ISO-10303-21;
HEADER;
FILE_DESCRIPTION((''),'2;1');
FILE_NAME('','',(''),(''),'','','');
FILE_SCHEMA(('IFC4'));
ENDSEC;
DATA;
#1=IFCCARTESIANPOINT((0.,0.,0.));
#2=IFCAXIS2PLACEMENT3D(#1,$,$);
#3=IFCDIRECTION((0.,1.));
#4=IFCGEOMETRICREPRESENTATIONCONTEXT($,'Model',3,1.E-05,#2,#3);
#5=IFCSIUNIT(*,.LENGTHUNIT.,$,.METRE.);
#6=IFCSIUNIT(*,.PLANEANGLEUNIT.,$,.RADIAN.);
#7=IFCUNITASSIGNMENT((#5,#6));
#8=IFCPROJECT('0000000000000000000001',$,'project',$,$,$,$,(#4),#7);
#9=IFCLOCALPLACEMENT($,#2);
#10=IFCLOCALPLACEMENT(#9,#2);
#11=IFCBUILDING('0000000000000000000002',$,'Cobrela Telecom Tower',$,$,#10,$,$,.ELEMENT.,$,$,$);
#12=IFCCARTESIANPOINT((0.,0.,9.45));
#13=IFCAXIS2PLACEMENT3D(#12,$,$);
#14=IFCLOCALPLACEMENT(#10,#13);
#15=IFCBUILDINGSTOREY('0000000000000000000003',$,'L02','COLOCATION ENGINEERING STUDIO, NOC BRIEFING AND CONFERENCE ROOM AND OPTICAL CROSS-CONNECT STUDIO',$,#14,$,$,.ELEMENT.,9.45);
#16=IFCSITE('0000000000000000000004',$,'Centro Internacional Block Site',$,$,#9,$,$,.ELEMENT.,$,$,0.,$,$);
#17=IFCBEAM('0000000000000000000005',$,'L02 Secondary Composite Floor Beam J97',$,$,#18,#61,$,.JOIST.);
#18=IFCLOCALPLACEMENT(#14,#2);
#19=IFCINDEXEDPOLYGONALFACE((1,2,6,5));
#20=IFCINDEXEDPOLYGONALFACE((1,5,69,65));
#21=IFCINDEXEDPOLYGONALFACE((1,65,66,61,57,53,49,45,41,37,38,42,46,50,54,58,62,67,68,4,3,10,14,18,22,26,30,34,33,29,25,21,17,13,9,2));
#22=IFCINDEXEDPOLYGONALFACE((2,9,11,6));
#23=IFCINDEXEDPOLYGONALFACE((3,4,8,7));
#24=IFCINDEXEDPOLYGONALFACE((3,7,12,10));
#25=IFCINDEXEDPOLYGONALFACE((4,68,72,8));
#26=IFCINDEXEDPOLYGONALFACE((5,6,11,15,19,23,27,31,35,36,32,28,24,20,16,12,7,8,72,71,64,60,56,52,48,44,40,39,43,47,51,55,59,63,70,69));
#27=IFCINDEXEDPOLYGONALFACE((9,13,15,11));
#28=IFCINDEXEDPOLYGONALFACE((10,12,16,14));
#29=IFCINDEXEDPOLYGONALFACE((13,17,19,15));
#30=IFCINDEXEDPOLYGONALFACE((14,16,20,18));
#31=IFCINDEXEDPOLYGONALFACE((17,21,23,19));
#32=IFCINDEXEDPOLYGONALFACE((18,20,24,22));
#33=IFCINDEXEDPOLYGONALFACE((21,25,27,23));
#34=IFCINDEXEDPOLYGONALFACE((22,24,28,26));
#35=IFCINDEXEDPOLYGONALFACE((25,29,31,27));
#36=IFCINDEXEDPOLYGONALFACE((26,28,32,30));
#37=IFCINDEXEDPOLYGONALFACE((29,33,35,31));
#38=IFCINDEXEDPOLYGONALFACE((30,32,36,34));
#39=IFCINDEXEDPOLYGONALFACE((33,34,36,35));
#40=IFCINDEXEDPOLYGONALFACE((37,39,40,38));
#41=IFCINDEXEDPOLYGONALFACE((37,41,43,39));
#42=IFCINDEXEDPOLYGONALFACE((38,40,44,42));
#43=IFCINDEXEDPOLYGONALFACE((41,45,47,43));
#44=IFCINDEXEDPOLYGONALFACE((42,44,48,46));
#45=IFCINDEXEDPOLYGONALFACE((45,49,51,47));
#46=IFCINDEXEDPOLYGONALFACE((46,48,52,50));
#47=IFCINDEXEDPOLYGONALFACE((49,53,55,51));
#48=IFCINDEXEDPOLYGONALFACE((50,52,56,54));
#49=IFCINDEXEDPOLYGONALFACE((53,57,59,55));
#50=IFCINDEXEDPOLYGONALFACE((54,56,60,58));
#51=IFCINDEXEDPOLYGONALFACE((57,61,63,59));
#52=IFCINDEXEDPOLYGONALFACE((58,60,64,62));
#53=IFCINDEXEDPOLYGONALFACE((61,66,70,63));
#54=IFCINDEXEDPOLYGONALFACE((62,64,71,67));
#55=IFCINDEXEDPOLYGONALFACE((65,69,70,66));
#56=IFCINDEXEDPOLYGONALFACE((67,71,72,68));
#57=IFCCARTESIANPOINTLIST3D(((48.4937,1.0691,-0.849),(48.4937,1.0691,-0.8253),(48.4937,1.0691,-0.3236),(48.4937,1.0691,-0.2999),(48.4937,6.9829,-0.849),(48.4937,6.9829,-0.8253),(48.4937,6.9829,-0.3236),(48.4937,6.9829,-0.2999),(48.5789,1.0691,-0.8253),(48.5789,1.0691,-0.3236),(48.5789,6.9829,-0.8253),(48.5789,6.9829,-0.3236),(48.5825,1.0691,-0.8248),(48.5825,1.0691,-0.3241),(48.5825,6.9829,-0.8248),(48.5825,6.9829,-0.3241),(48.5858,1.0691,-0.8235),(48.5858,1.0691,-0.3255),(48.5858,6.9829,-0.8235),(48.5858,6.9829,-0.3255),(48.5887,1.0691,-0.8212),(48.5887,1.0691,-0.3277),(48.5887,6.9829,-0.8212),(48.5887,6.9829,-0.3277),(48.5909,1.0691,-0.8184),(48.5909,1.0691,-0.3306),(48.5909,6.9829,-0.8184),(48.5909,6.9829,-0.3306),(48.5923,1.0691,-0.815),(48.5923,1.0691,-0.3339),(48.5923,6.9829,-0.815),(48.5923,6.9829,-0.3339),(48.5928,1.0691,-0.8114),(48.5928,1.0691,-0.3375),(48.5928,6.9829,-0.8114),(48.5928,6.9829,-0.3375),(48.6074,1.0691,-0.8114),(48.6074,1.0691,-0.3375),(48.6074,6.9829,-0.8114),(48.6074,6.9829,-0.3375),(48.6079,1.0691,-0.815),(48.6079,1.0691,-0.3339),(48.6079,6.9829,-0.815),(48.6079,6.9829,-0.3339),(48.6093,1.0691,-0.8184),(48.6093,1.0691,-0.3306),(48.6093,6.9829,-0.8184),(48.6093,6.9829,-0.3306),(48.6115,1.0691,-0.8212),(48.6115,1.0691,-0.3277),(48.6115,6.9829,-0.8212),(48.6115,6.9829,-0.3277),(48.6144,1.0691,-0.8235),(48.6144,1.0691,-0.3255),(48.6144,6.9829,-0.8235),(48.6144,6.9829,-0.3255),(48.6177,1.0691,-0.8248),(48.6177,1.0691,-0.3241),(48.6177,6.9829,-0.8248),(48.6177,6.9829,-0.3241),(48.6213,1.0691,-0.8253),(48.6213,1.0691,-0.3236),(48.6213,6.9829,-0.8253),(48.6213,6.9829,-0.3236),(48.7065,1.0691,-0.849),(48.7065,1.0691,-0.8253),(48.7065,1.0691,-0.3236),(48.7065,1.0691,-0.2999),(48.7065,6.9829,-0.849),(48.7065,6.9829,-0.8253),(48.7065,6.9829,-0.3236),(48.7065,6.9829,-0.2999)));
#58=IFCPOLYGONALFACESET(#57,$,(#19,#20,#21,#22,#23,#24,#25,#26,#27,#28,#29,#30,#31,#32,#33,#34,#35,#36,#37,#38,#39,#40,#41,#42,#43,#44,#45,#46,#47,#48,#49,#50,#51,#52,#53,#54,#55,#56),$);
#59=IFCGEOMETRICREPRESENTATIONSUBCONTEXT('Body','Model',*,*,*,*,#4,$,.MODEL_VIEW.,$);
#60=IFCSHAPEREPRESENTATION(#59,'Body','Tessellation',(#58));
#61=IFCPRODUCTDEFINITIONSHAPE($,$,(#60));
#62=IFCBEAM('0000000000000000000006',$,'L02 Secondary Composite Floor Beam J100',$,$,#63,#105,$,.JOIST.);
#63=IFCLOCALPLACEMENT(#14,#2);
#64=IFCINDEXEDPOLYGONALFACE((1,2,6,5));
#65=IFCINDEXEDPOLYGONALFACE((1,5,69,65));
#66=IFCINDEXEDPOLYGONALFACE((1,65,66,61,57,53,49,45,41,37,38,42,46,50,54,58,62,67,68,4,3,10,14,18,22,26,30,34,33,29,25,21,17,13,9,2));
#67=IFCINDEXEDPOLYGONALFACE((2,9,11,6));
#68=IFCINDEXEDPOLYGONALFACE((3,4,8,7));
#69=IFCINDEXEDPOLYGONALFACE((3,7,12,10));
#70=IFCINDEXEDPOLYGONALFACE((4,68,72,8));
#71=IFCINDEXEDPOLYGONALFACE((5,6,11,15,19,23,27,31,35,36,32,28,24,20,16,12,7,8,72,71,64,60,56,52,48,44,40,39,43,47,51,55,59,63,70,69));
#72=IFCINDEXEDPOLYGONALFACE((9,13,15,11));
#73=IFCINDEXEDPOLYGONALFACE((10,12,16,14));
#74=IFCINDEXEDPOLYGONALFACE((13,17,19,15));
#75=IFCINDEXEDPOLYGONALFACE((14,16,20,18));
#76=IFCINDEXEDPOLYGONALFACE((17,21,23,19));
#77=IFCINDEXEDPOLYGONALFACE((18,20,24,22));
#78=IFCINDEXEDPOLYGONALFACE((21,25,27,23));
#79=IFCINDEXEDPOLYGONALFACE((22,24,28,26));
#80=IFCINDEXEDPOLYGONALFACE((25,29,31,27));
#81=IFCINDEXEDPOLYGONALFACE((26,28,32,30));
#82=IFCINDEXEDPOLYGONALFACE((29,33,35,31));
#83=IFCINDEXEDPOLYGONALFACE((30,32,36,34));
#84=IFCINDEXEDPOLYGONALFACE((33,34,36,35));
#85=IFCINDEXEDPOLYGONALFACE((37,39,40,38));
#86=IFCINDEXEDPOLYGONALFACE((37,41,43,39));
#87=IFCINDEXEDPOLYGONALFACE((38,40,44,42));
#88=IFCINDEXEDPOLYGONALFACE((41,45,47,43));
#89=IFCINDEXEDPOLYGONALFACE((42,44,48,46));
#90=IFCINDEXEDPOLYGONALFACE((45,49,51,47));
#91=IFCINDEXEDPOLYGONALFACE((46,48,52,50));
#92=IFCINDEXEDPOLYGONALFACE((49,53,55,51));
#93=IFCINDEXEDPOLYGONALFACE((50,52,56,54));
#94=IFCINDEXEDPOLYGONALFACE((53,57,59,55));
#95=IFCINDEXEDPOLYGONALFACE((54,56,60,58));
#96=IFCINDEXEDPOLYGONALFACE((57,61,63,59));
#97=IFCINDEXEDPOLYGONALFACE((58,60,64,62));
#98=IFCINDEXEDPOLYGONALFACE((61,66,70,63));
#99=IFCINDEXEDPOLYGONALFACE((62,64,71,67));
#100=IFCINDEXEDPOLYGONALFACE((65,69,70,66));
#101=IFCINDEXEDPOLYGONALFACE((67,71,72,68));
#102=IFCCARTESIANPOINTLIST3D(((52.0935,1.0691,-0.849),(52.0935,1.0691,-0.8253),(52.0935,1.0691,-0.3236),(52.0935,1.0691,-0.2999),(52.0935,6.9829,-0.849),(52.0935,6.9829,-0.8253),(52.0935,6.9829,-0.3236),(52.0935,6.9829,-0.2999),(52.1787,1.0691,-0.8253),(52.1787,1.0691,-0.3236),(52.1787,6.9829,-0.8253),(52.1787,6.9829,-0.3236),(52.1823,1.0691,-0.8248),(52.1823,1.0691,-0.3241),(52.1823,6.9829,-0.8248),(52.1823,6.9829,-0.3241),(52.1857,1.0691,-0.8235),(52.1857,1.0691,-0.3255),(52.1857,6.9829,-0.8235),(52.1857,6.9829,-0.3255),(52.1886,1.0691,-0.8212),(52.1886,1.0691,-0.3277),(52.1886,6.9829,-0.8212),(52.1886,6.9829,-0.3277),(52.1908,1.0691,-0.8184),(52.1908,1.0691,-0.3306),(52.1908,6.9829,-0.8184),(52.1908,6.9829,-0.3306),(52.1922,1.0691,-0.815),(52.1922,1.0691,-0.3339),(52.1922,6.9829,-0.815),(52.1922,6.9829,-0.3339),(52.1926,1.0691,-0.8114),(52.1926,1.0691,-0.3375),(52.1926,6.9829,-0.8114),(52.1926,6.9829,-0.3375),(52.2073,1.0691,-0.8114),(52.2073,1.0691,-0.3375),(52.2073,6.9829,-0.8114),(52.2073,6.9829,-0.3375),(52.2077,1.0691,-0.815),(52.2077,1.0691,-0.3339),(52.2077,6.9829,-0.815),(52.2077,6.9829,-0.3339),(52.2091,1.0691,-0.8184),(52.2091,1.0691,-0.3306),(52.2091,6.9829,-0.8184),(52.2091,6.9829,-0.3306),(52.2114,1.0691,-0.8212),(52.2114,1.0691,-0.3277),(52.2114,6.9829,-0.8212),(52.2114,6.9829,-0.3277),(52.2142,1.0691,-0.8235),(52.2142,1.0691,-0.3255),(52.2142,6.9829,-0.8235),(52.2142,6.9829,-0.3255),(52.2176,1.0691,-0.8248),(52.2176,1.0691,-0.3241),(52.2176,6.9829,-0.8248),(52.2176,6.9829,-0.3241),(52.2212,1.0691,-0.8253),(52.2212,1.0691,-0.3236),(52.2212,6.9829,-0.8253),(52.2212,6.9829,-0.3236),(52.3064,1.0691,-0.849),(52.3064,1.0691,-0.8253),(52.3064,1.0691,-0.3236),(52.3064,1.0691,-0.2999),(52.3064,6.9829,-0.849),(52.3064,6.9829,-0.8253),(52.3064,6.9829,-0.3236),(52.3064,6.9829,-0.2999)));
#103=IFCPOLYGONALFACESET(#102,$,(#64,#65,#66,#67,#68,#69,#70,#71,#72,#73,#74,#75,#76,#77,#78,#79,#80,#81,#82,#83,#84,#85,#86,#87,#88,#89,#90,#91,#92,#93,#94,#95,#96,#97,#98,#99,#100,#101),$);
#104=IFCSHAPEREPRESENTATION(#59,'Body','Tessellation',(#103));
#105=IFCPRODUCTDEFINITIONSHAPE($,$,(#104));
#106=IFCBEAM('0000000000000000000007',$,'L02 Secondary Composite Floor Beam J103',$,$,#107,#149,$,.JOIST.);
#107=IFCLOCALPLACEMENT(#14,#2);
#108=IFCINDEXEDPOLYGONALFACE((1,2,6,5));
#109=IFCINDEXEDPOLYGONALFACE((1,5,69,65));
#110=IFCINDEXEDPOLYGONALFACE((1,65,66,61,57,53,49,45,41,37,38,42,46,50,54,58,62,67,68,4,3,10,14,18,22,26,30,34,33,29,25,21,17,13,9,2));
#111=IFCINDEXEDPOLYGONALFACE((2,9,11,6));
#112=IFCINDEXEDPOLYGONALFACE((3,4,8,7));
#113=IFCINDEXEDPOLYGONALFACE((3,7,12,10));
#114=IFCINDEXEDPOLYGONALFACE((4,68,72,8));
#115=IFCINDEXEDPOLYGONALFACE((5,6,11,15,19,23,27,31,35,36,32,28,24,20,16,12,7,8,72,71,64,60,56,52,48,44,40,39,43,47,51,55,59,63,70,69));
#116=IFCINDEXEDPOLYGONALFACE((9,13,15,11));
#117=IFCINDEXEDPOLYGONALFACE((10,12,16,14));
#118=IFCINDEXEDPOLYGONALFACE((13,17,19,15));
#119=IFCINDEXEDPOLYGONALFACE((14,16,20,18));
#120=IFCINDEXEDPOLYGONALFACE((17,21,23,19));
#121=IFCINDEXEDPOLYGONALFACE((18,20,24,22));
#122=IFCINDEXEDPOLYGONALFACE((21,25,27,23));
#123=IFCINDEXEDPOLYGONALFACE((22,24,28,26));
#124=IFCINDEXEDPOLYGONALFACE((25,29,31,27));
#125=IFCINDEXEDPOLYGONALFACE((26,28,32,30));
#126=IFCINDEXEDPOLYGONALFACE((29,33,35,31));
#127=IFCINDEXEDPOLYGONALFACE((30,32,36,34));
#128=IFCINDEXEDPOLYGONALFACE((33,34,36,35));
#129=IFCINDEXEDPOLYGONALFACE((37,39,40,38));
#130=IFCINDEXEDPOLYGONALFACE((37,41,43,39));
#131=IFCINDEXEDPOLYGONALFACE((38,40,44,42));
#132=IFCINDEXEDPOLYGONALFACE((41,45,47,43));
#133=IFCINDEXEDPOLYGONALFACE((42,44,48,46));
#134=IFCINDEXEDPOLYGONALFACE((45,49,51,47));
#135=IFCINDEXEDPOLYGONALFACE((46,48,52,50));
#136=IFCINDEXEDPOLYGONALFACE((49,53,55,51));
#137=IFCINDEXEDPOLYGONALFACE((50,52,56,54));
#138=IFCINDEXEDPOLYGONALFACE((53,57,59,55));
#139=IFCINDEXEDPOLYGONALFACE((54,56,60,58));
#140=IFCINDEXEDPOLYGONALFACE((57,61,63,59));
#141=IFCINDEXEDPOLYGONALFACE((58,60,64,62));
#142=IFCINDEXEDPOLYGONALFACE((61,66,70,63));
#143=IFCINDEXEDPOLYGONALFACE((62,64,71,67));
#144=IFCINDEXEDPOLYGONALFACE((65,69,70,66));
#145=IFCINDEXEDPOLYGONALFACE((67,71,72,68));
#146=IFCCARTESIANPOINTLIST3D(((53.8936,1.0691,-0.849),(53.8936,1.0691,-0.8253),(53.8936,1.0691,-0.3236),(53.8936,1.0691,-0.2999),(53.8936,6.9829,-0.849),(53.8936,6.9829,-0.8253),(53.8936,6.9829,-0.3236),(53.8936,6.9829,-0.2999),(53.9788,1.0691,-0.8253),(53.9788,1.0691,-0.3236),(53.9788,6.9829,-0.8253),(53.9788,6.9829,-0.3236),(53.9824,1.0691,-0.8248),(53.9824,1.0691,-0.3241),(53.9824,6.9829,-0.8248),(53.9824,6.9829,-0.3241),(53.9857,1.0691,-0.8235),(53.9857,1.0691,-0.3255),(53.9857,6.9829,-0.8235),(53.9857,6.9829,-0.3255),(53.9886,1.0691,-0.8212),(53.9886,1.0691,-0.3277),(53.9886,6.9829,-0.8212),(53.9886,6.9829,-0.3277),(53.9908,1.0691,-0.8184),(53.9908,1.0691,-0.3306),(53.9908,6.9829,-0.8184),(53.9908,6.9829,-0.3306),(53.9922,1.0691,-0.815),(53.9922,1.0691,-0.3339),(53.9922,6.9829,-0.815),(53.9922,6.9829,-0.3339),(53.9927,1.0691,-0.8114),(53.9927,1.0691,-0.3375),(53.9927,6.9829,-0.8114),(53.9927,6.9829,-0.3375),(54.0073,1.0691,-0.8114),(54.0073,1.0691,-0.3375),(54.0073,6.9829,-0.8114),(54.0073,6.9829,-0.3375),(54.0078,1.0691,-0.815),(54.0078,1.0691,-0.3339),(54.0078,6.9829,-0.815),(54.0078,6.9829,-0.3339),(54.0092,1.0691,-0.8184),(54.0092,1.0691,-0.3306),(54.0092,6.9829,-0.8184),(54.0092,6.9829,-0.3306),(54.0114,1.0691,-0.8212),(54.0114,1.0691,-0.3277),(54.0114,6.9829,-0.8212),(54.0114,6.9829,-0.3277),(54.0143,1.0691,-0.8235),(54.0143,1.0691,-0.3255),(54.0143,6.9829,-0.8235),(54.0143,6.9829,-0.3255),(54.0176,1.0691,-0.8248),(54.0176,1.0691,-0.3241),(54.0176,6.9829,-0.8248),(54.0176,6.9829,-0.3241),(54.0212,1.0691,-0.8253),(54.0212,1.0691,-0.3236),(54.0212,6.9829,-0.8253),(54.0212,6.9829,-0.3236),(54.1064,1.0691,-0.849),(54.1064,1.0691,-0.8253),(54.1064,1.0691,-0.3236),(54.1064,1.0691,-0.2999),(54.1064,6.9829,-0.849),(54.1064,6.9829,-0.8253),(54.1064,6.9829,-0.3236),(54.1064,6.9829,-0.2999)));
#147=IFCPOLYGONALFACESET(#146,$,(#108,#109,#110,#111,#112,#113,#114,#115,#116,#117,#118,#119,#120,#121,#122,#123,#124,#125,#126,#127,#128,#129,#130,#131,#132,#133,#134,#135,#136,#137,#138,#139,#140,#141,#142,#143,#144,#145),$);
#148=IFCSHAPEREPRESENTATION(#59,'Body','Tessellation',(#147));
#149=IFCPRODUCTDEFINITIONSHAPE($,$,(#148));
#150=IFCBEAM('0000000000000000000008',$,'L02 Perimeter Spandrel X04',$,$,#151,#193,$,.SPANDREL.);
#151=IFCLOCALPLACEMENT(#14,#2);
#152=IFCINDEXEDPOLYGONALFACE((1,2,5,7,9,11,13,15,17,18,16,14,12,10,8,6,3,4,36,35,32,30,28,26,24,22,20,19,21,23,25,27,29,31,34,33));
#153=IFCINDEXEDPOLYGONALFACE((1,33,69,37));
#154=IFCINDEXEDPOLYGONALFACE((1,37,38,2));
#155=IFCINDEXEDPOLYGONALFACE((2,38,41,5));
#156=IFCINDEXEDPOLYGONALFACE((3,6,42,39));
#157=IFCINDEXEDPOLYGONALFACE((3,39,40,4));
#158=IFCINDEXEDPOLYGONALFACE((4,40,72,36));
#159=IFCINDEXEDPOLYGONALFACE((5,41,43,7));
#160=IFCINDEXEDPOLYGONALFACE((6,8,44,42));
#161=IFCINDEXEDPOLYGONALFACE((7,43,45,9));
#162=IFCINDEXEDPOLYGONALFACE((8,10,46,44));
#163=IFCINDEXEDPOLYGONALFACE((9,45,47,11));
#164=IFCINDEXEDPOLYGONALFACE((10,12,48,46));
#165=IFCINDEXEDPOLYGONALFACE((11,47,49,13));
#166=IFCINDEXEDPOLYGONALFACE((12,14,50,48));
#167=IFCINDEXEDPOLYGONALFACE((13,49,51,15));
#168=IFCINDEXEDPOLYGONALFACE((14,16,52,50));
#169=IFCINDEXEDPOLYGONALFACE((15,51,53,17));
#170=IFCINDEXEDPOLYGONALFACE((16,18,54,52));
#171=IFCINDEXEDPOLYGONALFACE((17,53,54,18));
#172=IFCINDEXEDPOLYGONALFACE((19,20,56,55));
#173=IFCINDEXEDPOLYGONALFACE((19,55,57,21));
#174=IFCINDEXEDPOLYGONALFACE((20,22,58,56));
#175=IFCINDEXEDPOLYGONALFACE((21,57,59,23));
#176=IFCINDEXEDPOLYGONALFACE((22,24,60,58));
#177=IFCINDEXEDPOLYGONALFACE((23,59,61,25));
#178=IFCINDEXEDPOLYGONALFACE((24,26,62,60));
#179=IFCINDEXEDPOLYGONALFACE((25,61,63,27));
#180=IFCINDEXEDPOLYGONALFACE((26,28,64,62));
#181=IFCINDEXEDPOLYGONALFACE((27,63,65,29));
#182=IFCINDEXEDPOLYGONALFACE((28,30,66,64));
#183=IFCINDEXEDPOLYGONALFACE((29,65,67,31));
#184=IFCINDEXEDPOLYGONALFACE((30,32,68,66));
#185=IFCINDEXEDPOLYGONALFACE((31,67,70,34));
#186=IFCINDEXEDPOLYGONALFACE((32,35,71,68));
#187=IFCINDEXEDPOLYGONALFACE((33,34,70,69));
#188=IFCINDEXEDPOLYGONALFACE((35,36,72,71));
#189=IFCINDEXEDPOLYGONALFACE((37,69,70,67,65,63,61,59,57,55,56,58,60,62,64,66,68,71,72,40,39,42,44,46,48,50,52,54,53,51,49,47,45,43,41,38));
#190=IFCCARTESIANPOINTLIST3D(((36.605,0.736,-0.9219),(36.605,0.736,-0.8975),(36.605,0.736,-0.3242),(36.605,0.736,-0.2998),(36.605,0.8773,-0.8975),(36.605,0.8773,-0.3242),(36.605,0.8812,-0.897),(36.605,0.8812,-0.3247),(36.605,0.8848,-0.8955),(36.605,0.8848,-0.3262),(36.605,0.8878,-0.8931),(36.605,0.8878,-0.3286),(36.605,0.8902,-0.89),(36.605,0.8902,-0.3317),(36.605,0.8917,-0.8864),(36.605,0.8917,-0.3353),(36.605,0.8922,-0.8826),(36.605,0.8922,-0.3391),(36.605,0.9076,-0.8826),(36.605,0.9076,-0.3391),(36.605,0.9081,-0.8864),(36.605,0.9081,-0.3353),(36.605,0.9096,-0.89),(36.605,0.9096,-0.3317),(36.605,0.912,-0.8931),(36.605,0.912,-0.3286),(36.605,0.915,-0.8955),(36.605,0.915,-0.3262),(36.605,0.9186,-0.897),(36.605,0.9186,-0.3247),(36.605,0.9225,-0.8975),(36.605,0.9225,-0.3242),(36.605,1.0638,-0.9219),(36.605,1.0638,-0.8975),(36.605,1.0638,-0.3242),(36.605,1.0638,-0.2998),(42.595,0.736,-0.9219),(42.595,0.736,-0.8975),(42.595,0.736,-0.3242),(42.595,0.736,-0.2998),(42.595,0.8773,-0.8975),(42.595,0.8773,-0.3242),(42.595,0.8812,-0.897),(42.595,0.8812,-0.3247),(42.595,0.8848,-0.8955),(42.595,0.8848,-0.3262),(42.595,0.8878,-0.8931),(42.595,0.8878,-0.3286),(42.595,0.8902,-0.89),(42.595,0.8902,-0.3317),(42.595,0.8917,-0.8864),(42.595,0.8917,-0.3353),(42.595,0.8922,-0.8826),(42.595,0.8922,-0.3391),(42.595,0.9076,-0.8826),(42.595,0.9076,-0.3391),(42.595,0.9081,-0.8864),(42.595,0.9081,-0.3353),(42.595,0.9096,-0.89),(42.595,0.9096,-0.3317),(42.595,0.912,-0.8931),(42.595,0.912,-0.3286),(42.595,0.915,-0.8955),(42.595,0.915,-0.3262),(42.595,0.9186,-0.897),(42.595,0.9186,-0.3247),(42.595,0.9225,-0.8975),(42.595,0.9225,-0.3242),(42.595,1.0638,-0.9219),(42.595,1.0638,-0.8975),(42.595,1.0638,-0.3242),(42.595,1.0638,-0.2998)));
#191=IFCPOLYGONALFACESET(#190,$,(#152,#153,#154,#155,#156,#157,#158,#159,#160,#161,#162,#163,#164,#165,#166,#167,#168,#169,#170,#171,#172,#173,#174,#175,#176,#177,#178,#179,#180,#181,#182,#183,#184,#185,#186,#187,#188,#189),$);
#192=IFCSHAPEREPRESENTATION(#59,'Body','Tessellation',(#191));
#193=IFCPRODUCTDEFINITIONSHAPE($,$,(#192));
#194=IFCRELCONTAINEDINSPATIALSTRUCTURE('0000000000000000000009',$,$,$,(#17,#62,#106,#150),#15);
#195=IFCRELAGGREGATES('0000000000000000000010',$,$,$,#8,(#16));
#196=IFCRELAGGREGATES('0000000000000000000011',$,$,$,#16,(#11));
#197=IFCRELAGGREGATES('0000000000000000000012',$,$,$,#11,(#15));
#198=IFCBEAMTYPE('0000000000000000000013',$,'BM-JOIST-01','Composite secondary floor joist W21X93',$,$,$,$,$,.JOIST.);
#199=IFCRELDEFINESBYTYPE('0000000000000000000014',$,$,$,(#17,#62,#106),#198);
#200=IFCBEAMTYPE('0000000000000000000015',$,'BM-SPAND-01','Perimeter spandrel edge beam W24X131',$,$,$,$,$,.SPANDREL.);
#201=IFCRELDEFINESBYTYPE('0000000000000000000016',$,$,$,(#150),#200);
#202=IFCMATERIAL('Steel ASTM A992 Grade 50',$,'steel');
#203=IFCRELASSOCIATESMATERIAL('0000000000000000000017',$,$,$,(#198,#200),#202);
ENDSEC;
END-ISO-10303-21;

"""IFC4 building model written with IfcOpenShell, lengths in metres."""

from ifc_helpers import new_model, si_unit, direction, frame, origin, origin_2d, place, context, subcontext, project, spatial, i_section, extrude, material, material_profile, profile_set, type_object, element, save


model = new_model("IFC4")

# Units and contexts
model_context = context("Model", 3, precision=1e-05, world=origin(), true_north=direction((0.0, 1.0)))
body_context = subcontext(model_context, "Body", "Model", "MODEL_VIEW")
ifc_project = project(units=[si_unit("LENGTHUNIT", "METRE"), si_unit("PLANEANGLEUNIT", "RADIAN")], contexts=[model_context])

# Site, building, storey
site_placement = place(None, origin())
site = spatial("IfcSite", under=ifc_project, at=site_placement, Name="Centro Internacional Block Site", CompositionType="ELEMENT", RefElevation=0.0)
building_placement = place(site_placement, origin())
building = spatial("IfcBuilding", under=site, at=building_placement, Name="Cobrela Telecom Tower", CompositionType="ELEMENT")
storey_placement = place(building_placement, frame((0.0, 0.0, 9.45)))
storey = spatial("IfcBuildingStorey", under=building, at=storey_placement, Name="L02", Description="COLOCATION ENGINEERING STUDIO, NOC BRIEFING AND CONFERENCE ROOM AND OPTICAL CROSS-CONNECT STUDIO", CompositionType="ELEMENT", Elevation=9.45)

# Beams
ifc_material_1 = material(Name="Steel ASTM A992 Grade 50", Category="steel")
ifc_material_profile_1 = material_profile(ifc_material_1, i_section(OverallWidth=0.2129, OverallDepth=0.5491, WebThickness=0.0146, FlangeThickness=0.0237, FilletRadius=0.0139, at=origin_2d()), Name="W21X93")
ifc_profile_set_1 = profile_set([ifc_material_profile_1], Name="Steel ASTM A992 Grade 50")
beam_type_1 = type_object("IfcBeamType", Name="BM-JOIST-01", Description="Composite secondary floor joist W21X93", PredefinedType="JOIST", material=ifc_profile_set_1)
for number, where, z_axis, x_axis, name in (
    (1, (48.6001, 1.0691, -0.5745), (0.0, 1.0, 0.0), (-1.0, 0.0, 0.0), "L02 Secondary Composite Floor Beam J97"),
    (2, (52.2, 1.0691, -0.5745), (0.0, 1.0, 0.0), (-1.0, 0.0, 0.0), "L02 Secondary Composite Floor Beam J100"),
    (3, (54.0, 1.0691, -0.5745), (0.0, 1.0, 0.0), (-1.0, 0.0, 0.0), "L02 Secondary Composite Floor Beam J103"),
):
    element("IfcBeam", number, at=place(storey_placement, frame(where, z_axis=z_axis, x_axis=x_axis)), inside=storey, type_object=beam_type_1, Name=name, PredefinedType="JOIST", context=body_context, shape_type="SweptSolid", body=[
        extrude(i_section(OverallWidth=0.2129, OverallDepth=0.5491, WebThickness=0.0146, FlangeThickness=0.0237, FilletRadius=0.0139, at=origin_2d()), origin(), (0.0, 0.0, 1.0), 5.9138),
    ])
ifc_material_profile_2 = material_profile(ifc_material_1, i_section(OverallWidth=0.3279, OverallDepth=0.6221, WebThickness=0.0154, FlangeThickness=0.0244, FilletRadius=0.0149, at=origin_2d()), Name="W24X131")
ifc_profile_set_2 = profile_set([ifc_material_profile_2], Name="Steel ASTM A992 Grade 50")
beam_type_2 = type_object("IfcBeamType", Name="BM-SPAND-01", Description="Perimeter spandrel edge beam W24X131", PredefinedType="SPANDREL", material=ifc_profile_set_2)
beam_1_placement = place(storey_placement, frame((36.605, 0.8999, -0.6108), z_axis=(1.0, 0.0, 0.0), x_axis=(0.0, 1.0, 0.0)))
element("IfcBeam", 4, at=beam_1_placement, inside=storey, type_object=beam_type_2, Name="L02 Perimeter Spandrel X04", PredefinedType="SPANDREL", context=body_context, shape_type="SweptSolid", body=[
    extrude(i_section(OverallWidth=0.3279, OverallDepth=0.6221, WebThickness=0.0154, FlangeThickness=0.0244, FilletRadius=0.0149, at=origin_2d()), origin(), (0.0, 0.0, 1.0), 5.99),
])

save(model, "model.ifc")
